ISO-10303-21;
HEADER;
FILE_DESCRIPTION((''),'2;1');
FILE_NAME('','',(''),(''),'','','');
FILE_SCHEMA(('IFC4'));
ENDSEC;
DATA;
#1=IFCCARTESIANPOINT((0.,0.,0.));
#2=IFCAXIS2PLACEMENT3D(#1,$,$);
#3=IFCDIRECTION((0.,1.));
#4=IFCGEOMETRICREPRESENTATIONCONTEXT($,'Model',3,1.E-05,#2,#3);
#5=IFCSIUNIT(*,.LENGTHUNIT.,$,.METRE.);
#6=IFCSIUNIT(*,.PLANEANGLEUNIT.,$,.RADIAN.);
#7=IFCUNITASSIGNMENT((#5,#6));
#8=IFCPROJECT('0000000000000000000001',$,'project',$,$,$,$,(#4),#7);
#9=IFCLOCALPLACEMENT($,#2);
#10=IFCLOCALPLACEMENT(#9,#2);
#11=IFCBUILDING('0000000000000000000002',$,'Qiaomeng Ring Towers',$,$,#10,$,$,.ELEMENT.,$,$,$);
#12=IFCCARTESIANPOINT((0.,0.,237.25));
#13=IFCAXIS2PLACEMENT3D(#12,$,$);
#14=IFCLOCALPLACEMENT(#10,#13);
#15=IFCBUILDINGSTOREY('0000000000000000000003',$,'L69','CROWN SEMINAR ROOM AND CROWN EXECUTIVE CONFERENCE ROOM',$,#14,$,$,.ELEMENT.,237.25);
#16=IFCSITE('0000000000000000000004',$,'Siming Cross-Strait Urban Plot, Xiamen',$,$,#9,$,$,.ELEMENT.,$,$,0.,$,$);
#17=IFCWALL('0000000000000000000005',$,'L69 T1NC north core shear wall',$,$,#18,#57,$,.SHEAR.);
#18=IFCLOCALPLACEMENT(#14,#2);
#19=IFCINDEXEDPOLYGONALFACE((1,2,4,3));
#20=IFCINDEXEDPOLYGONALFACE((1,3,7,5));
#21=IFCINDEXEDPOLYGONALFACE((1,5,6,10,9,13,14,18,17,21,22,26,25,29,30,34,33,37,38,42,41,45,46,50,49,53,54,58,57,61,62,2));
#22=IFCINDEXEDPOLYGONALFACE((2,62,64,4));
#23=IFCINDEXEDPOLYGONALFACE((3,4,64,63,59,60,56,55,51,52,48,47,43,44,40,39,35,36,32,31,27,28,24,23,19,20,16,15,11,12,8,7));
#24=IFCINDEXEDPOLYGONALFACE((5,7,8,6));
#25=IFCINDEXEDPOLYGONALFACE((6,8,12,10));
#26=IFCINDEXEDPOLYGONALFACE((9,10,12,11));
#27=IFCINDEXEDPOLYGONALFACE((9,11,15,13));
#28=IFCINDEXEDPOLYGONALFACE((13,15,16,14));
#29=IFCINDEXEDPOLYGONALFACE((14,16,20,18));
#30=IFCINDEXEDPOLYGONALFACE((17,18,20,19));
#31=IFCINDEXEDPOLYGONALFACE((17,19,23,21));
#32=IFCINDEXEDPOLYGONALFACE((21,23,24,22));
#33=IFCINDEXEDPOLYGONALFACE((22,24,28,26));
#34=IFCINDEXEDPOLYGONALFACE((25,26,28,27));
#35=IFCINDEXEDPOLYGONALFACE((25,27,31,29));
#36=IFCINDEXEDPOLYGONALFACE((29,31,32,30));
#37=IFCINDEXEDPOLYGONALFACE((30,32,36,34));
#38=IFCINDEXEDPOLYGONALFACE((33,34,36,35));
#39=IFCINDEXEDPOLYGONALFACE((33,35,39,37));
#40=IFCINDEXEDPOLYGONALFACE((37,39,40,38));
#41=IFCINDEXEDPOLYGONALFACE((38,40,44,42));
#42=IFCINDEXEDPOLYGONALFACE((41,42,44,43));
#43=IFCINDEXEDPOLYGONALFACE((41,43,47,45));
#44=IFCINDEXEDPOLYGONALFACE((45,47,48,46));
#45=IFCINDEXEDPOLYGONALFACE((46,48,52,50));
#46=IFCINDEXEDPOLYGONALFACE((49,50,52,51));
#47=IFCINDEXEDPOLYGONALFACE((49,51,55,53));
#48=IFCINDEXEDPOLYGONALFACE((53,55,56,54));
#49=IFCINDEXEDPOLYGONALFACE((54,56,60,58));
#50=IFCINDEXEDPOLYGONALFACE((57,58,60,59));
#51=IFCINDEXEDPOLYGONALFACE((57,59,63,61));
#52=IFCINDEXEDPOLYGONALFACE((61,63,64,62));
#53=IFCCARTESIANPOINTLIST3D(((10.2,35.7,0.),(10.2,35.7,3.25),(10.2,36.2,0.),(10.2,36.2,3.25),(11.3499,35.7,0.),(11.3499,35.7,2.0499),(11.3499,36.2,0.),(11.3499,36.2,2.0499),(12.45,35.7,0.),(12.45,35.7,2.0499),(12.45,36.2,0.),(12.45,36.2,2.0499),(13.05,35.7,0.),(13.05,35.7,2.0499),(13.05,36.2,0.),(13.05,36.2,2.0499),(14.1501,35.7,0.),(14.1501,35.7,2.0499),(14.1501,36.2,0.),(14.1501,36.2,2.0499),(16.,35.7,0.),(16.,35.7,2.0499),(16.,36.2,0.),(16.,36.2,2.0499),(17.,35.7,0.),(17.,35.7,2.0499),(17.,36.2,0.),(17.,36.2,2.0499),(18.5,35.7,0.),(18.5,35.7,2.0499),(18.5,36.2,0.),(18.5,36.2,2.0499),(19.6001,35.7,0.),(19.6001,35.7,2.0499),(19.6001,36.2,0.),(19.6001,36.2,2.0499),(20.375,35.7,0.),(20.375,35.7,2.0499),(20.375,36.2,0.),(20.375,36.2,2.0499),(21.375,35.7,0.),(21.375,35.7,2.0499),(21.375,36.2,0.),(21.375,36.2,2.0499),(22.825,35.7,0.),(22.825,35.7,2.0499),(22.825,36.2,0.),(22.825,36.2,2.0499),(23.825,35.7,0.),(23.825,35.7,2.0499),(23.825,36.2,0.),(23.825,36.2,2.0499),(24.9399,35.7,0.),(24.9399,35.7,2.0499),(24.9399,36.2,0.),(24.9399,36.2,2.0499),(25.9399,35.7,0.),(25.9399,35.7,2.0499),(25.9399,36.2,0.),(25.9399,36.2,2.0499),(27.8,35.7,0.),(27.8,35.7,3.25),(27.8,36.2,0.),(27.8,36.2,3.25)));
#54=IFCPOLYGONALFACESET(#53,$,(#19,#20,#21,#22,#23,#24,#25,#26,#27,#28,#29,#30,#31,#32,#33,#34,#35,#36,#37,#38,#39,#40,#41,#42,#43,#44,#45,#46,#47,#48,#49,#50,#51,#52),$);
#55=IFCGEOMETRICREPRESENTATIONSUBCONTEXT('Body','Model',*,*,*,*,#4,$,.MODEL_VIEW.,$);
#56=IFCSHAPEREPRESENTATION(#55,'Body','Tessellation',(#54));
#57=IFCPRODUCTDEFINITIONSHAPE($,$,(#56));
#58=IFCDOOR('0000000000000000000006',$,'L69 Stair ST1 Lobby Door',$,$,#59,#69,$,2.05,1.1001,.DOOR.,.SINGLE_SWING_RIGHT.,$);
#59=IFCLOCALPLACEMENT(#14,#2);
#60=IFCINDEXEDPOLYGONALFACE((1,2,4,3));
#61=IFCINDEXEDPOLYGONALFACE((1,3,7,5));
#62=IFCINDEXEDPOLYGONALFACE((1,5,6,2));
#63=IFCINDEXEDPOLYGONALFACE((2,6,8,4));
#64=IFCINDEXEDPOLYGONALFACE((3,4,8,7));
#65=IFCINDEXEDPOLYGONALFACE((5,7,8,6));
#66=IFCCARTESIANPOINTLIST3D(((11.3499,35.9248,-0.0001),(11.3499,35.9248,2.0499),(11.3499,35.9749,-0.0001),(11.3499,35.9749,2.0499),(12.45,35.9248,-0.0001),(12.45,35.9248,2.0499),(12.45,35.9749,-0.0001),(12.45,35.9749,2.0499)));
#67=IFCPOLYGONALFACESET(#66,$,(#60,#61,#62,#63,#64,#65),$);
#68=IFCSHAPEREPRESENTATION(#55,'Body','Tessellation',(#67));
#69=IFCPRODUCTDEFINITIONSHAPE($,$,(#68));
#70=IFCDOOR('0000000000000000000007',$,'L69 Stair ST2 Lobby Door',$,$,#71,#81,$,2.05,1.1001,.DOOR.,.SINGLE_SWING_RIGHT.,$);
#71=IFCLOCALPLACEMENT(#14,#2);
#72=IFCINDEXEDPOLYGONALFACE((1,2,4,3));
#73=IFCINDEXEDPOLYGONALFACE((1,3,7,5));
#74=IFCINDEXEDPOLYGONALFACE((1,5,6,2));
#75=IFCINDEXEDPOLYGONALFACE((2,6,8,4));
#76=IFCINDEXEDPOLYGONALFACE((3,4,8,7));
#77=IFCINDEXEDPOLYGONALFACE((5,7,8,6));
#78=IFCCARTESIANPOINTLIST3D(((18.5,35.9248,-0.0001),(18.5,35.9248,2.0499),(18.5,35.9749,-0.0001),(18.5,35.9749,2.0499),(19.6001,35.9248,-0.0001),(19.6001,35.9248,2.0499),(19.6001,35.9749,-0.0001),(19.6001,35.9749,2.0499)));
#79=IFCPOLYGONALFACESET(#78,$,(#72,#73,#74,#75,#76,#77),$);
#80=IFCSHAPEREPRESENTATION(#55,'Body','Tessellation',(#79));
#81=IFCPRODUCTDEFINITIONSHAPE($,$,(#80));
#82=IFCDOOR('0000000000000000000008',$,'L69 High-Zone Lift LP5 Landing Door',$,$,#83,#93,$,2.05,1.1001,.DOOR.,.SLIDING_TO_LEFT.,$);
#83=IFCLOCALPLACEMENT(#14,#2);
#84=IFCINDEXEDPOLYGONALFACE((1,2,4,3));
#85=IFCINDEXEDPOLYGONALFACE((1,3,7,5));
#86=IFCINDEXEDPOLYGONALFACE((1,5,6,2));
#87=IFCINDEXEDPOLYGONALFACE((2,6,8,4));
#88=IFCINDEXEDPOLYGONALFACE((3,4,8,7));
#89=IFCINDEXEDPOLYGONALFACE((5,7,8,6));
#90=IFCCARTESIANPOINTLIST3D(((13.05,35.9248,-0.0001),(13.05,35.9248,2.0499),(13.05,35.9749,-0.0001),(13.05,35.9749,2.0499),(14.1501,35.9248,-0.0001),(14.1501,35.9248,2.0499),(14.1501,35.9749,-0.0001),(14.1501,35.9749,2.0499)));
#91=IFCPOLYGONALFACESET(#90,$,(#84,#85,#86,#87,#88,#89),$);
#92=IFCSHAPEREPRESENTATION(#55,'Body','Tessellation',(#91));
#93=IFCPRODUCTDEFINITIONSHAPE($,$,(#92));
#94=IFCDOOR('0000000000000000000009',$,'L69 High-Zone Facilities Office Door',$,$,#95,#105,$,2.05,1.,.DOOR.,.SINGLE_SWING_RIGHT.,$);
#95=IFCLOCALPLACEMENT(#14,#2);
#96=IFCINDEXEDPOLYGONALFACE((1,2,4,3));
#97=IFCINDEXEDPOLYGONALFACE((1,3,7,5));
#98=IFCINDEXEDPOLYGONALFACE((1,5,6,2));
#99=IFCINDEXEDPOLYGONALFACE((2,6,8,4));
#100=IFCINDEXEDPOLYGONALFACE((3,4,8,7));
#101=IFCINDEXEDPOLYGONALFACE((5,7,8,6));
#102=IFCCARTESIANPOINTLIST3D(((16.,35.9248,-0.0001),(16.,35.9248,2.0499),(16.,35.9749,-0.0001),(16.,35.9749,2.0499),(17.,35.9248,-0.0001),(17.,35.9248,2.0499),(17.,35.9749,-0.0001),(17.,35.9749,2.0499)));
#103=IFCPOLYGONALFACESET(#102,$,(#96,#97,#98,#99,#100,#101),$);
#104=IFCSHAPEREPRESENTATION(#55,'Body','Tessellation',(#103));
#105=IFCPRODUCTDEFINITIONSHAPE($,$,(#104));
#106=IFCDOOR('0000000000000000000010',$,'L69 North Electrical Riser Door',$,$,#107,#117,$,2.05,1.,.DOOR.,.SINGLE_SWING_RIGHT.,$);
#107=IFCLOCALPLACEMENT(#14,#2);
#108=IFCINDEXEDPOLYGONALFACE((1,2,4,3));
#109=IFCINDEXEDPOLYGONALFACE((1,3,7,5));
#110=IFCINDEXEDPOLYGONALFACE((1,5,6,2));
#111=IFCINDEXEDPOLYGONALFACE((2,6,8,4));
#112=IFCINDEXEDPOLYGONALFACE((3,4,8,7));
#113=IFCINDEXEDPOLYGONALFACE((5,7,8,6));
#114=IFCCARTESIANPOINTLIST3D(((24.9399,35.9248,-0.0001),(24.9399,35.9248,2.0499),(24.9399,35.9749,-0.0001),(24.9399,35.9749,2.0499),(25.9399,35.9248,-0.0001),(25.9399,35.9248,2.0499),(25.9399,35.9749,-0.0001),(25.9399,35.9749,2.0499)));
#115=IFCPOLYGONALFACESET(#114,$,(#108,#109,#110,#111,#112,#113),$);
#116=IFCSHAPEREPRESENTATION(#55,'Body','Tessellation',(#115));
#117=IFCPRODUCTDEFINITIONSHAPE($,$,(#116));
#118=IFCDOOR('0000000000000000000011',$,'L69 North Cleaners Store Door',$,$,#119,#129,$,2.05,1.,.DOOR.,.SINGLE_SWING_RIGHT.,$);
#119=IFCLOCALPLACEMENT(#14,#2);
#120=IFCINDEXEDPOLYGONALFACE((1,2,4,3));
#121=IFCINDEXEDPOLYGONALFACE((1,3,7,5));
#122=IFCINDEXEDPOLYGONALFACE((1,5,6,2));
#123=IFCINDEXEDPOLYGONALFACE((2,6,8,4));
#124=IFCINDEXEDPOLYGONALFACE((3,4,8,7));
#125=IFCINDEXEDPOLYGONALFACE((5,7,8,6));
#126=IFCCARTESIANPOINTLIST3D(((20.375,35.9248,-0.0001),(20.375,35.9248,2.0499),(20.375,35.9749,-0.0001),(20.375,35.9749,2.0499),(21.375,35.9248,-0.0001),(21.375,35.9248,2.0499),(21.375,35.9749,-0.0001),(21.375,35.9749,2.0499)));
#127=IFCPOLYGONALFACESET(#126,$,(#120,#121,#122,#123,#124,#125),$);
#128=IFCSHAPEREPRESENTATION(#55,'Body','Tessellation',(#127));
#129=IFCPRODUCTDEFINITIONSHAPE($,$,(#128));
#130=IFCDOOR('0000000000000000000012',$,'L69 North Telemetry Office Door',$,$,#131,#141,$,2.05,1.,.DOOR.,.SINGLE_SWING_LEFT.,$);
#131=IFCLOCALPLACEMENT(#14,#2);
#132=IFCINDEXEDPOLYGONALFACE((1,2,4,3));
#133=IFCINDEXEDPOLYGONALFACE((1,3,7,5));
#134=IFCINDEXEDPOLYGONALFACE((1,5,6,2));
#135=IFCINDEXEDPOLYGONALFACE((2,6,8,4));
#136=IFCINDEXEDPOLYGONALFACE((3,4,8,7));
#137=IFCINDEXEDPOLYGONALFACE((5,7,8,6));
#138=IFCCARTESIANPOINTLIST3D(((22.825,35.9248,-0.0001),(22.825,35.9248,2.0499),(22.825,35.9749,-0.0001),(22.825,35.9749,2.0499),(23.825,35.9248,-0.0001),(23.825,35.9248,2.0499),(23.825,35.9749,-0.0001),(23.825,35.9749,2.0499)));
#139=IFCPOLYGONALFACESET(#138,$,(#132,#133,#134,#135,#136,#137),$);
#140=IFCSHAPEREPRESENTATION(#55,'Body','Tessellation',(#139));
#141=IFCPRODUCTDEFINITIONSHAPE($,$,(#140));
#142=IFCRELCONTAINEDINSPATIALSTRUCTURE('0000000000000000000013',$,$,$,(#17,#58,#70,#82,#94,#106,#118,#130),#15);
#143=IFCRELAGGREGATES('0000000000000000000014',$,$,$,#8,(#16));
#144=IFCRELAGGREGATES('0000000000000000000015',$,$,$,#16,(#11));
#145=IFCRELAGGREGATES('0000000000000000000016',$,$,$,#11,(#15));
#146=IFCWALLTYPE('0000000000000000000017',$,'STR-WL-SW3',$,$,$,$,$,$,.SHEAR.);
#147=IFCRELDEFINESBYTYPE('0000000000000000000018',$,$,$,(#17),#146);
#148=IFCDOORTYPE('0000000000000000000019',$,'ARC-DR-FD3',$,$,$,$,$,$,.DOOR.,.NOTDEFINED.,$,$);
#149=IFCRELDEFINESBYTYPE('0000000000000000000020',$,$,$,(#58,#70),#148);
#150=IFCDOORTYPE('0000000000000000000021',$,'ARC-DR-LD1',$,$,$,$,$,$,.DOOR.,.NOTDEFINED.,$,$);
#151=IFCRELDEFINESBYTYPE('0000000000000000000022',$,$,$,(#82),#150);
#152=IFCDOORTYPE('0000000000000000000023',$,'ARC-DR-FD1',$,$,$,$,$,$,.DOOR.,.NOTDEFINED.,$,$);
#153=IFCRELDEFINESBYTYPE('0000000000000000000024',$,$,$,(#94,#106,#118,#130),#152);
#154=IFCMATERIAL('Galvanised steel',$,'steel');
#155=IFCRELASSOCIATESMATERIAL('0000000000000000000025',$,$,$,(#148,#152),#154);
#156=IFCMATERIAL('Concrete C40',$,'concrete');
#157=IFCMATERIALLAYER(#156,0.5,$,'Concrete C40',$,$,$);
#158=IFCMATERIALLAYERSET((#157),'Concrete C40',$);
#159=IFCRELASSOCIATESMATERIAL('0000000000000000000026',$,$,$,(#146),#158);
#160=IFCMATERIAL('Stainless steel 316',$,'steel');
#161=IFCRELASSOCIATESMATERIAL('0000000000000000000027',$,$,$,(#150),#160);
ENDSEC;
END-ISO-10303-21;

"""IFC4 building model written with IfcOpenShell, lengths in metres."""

from ifc_helpers import new_model, si_unit, direction, frame, frame_2d, origin, place, context, subcontext, project, spatial, rectangle, extrude, source, transform, mapped, material, layer, layer_set, type_object, element, fill, save


model = new_model("IFC4")

# Units and contexts
model_context = context("Model", 3, precision=1e-05, world=origin(), true_north=direction((0.0, 1.0)))
body_context = subcontext(model_context, "Body", "Model", "MODEL_VIEW")
ifc_project = project(units=[si_unit("LENGTHUNIT", "METRE"), si_unit("PLANEANGLEUNIT", "RADIAN")], contexts=[model_context])

# Site, building, storey
site_placement = place(None, origin())
site = spatial("IfcSite", under=ifc_project, at=site_placement, Name="Siming Cross-Strait Urban Plot, Xiamen", CompositionType="ELEMENT", RefElevation=0.0)
building_placement = place(site_placement, origin())
building = spatial("IfcBuilding", under=site, at=building_placement, Name="Qiaomeng Ring Towers", CompositionType="ELEMENT")
storey_placement = place(building_placement, frame((0.0, 0.0, 237.25)))
storey = spatial("IfcBuildingStorey", under=building, at=storey_placement, Name="L69", Description="CROWN SEMINAR ROOM AND CROWN EXECUTIVE CONFERENCE ROOM", CompositionType="ELEMENT", Elevation=237.25)

# Shared definitions
ifc_material_1 = material(Name="Concrete C40", Category="concrete")

# Shared definitions
ifc_material_2 = material(Name="Galvanised steel", Category="steel")
door_type_1 = type_object("IfcDoorType", Name="ARC-DR-FD3", OperationType="NOTDEFINED", PredefinedType="DOOR", material=ifc_material_2)
shared_shape_1 = source(origin(), body_context, "Body", "SweptSolid", [
    extrude(rectangle(XDim=1.1001, YDim=2.05, at=frame_2d((0.55, 1.0249))), frame((0.0, 0.0249, 0.0), z_axis=(0.0, -1.0, 0.0), x_axis=(1.0, 0.0, 0.0)), (0.0, 0.0, 1.0), 0.05),
])

# Wall, openings, doors
ifc_layer_1 = layer(ifc_material_1, 0.5, Name="Concrete C40")
ifc_layer_set_1 = layer_set([ifc_layer_1], Name="Concrete C40")
wall_type_1 = type_object("IfcWallType", Name="STR-WL-SW3", PredefinedType="SHEAR", material=ifc_layer_set_1)
wall_1_placement = place(storey_placement, frame((10.2, 35.95, 0.0), z_axis=(0.0, 0.0, 1.0), x_axis=(1.0, 0.0, 0.0)))
wall_1 = element("IfcWall", 1, at=wall_1_placement, inside=storey, type_object=wall_type_1, Name="L69 T1NC north core shear wall", PredefinedType="SHEAR", context=body_context, shape_type="SweptSolid", body=[
    extrude(rectangle(XDim=17.6001, YDim=0.5, at=frame_2d((8.8, 0.0))), origin(), (0.0, 0.0, 1.0), 3.25),
])
opening_1_placement = place(wall_1_placement, frame((1.1499, 0.0, 0.0)))
opening_1 = element("IfcOpeningElement", 2, at=opening_1_placement, cuts=wall_1, PredefinedType="OPENING", context=body_context, shape_type="SweptSolid", body=[
    extrude(rectangle(XDim=1.1001, YDim=2.05, at=frame_2d((0.55, 1.0249))), frame((0.0, 0.26, 0.0), z_axis=(0.0, -1.0, 0.0), x_axis=(1.0, 0.0, 0.0)), (0.0, 0.0, 1.0), 0.52),
])
opening_2_placement = place(wall_1_placement, frame((8.3, 0.0, 0.0)))
opening_2 = element("IfcOpeningElement", 3, at=opening_2_placement, cuts=wall_1, PredefinedType="OPENING", context=body_context, shape_type="SweptSolid", body=[
    extrude(rectangle(XDim=1.1001, YDim=2.05, at=frame_2d((0.55, 1.0249))), frame((0.0, 0.26, 0.0), z_axis=(0.0, -1.0, 0.0), x_axis=(1.0, 0.0, 0.0)), (0.0, 0.0, 1.0), 0.52),
])
opening_3_placement = place(wall_1_placement, frame((2.8501, 0.0, 0.0)))
opening_3 = element("IfcOpeningElement", 4, at=opening_3_placement, cuts=wall_1, PredefinedType="OPENING", context=body_context, shape_type="SweptSolid", body=[
    extrude(rectangle(XDim=1.1001, YDim=2.05, at=frame_2d((0.55, 1.0249))), frame((0.0, 0.26, 0.0), z_axis=(0.0, -1.0, 0.0), x_axis=(1.0, 0.0, 0.0)), (0.0, 0.0, 1.0), 0.52),
])
opening_4_placement = place(wall_1_placement, frame((5.8, 0.0, 0.0)))
opening_4 = element("IfcOpeningElement", 5, at=opening_4_placement, cuts=wall_1, PredefinedType="OPENING", context=body_context, shape_type="SweptSolid", body=[
    extrude(rectangle(XDim=1.0, YDim=2.05, at=frame_2d((0.5, 1.0249))), frame((0.0, 0.26, 0.0), z_axis=(0.0, -1.0, 0.0), x_axis=(1.0, 0.0, 0.0)), (0.0, 0.0, 1.0), 0.52),
])
opening_5_placement = place(wall_1_placement, frame((14.74, 0.0, 0.0)))
opening_5 = element("IfcOpeningElement", 6, at=opening_5_placement, cuts=wall_1, PredefinedType="OPENING", context=body_context, shape_type="SweptSolid", body=[
    extrude(rectangle(XDim=1.0, YDim=2.05, at=frame_2d((0.5, 1.0249))), frame((0.0, 0.26, 0.0), z_axis=(0.0, -1.0, 0.0), x_axis=(1.0, 0.0, 0.0)), (0.0, 0.0, 1.0), 0.52),
])
opening_6_placement = place(wall_1_placement, frame((10.175, 0.0, 0.0)))
opening_6 = element("IfcOpeningElement", 7, at=opening_6_placement, cuts=wall_1, PredefinedType="OPENING", context=body_context, shape_type="SweptSolid", body=[
    extrude(rectangle(XDim=1.0, YDim=2.05, at=frame_2d((0.5, 1.0249))), frame((0.0, 0.26, 0.0), z_axis=(0.0, -1.0, 0.0), x_axis=(1.0, 0.0, 0.0)), (0.0, 0.0, 1.0), 0.52),
])
opening_7_placement = place(wall_1_placement, frame((12.625, 0.0, 0.0)))
opening_7 = element("IfcOpeningElement", 8, at=opening_7_placement, cuts=wall_1, PredefinedType="OPENING", context=body_context, shape_type="SweptSolid", body=[
    extrude(rectangle(XDim=1.0, YDim=2.05, at=frame_2d((0.5, 1.0249))), frame((0.0, 0.26, 0.0), z_axis=(0.0, -1.0, 0.0), x_axis=(1.0, 0.0, 0.0)), (0.0, 0.0, 1.0), 0.52),
])
door_1_placement = place(opening_1_placement, origin())
door_1 = element("IfcDoor", 9, at=door_1_placement, inside=storey, type_object=door_type_1, Name="L69 Stair ST1 Lobby Door", OperationType="SINGLE_SWING_RIGHT", OverallHeight=2.05, OverallWidth=1.1001, PredefinedType="DOOR", context=body_context, shape_type="MappedRepresentation", body=[
    mapped(shared_shape_1, transform((0.0, 0.0, 0.0), x_axis=(1.0, 0.0, 0.0), y_axis=(0.0, 1.0, 0.0), z_axis=(0.0, 0.0, 1.0), scale=1.0)),
])
fill(opening_1, door_1)
door_2_placement = place(opening_2_placement, origin())
door_2 = element("IfcDoor", 10, at=door_2_placement, inside=storey, type_object=door_type_1, Name="L69 Stair ST2 Lobby Door", OperationType="SINGLE_SWING_RIGHT", OverallHeight=2.05, OverallWidth=1.1001, PredefinedType="DOOR", context=body_context, shape_type="MappedRepresentation", body=[
    mapped(shared_shape_1, transform((0.0, 0.0, 0.0), x_axis=(1.0, 0.0, 0.0), y_axis=(0.0, 1.0, 0.0), z_axis=(0.0, 0.0, 1.0), scale=1.0)),
])
fill(opening_2, door_2)
ifc_material_3 = material(Name="Stainless steel 316", Category="steel")
door_type_2 = type_object("IfcDoorType", Name="ARC-DR-LD1", OperationType="NOTDEFINED", PredefinedType="DOOR", material=ifc_material_3)
door_3_placement = place(opening_3_placement, origin())
door_3 = element("IfcDoor", 11, at=door_3_placement, inside=storey, type_object=door_type_2, Name="L69 High-Zone Lift LP5 Landing Door", OperationType="SLIDING_TO_LEFT", OverallHeight=2.05, OverallWidth=1.1001, PredefinedType="DOOR", context=body_context, shape_type="MappedRepresentation", body=[
    mapped(shared_shape_1, transform((0.0, 0.0, 0.0), x_axis=(1.0, 0.0, 0.0), y_axis=(0.0, 1.0, 0.0), z_axis=(0.0, 0.0, 1.0), scale=1.0)),
])
fill(opening_3, door_3)
door_type_3 = type_object("IfcDoorType", Name="ARC-DR-FD1", OperationType="NOTDEFINED", PredefinedType="DOOR", material=ifc_material_2)
shared_shape_2 = source(origin(), body_context, "Body", "SweptSolid", [
    extrude(rectangle(XDim=1.0, YDim=2.05, at=frame_2d((0.5, 1.0249))), frame((0.0, 0.0249, 0.0), z_axis=(0.0, -1.0, 0.0), x_axis=(1.0, 0.0, 0.0)), (0.0, 0.0, 1.0), 0.05),
])
door_4_placement = place(opening_4_placement, origin())
door_4 = element("IfcDoor", 12, at=door_4_placement, inside=storey, type_object=door_type_3, Name="L69 High-Zone Facilities Office Door", OperationType="SINGLE_SWING_RIGHT", OverallHeight=2.05, OverallWidth=1.0, PredefinedType="DOOR", context=body_context, shape_type="MappedRepresentation", body=[
    mapped(shared_shape_2, transform((0.0, 0.0, 0.0), x_axis=(1.0, 0.0, 0.0), y_axis=(0.0, 1.0, 0.0), z_axis=(0.0, 0.0, 1.0), scale=1.0)),
])
fill(opening_4, door_4)
door_5_placement = place(opening_5_placement, origin())
door_5 = element("IfcDoor", 13, at=door_5_placement, inside=storey, type_object=door_type_3, Name="L69 North Electrical Riser Door", OperationType="SINGLE_SWING_RIGHT", OverallHeight=2.05, OverallWidth=1.0, PredefinedType="DOOR", context=body_context, shape_type="MappedRepresentation", body=[
    mapped(shared_shape_2, transform((0.0, 0.0, 0.0), x_axis=(1.0, 0.0, 0.0), y_axis=(0.0, 1.0, 0.0), z_axis=(0.0, 0.0, 1.0), scale=1.0)),
])
fill(opening_5, door_5)
door_6_placement = place(opening_6_placement, origin())
door_6 = element("IfcDoor", 14, at=door_6_placement, inside=storey, type_object=door_type_3, Name="L69 North Cleaners Store Door", OperationType="SINGLE_SWING_RIGHT", OverallHeight=2.05, OverallWidth=1.0, PredefinedType="DOOR", context=body_context, shape_type="MappedRepresentation", body=[
    mapped(shared_shape_2, transform((0.0, 0.0, 0.0), x_axis=(1.0, 0.0, 0.0), y_axis=(0.0, 1.0, 0.0), z_axis=(0.0, 0.0, 1.0), scale=1.0)),
])
fill(opening_6, door_6)
door_7_placement = place(opening_7_placement, origin())
door_7 = element("IfcDoor", 15, at=door_7_placement, inside=storey, type_object=door_type_3, Name="L69 North Telemetry Office Door", OperationType="SINGLE_SWING_LEFT", OverallHeight=2.05, OverallWidth=1.0, PredefinedType="DOOR", context=body_context, shape_type="MappedRepresentation", body=[
    mapped(shared_shape_2, transform((0.0, 0.0, 0.0), x_axis=(1.0, 0.0, 0.0), y_axis=(0.0, 1.0, 0.0), z_axis=(0.0, 0.0, 1.0), scale=1.0)),
])
fill(opening_7, door_7)

save(model, "model.ifc")
